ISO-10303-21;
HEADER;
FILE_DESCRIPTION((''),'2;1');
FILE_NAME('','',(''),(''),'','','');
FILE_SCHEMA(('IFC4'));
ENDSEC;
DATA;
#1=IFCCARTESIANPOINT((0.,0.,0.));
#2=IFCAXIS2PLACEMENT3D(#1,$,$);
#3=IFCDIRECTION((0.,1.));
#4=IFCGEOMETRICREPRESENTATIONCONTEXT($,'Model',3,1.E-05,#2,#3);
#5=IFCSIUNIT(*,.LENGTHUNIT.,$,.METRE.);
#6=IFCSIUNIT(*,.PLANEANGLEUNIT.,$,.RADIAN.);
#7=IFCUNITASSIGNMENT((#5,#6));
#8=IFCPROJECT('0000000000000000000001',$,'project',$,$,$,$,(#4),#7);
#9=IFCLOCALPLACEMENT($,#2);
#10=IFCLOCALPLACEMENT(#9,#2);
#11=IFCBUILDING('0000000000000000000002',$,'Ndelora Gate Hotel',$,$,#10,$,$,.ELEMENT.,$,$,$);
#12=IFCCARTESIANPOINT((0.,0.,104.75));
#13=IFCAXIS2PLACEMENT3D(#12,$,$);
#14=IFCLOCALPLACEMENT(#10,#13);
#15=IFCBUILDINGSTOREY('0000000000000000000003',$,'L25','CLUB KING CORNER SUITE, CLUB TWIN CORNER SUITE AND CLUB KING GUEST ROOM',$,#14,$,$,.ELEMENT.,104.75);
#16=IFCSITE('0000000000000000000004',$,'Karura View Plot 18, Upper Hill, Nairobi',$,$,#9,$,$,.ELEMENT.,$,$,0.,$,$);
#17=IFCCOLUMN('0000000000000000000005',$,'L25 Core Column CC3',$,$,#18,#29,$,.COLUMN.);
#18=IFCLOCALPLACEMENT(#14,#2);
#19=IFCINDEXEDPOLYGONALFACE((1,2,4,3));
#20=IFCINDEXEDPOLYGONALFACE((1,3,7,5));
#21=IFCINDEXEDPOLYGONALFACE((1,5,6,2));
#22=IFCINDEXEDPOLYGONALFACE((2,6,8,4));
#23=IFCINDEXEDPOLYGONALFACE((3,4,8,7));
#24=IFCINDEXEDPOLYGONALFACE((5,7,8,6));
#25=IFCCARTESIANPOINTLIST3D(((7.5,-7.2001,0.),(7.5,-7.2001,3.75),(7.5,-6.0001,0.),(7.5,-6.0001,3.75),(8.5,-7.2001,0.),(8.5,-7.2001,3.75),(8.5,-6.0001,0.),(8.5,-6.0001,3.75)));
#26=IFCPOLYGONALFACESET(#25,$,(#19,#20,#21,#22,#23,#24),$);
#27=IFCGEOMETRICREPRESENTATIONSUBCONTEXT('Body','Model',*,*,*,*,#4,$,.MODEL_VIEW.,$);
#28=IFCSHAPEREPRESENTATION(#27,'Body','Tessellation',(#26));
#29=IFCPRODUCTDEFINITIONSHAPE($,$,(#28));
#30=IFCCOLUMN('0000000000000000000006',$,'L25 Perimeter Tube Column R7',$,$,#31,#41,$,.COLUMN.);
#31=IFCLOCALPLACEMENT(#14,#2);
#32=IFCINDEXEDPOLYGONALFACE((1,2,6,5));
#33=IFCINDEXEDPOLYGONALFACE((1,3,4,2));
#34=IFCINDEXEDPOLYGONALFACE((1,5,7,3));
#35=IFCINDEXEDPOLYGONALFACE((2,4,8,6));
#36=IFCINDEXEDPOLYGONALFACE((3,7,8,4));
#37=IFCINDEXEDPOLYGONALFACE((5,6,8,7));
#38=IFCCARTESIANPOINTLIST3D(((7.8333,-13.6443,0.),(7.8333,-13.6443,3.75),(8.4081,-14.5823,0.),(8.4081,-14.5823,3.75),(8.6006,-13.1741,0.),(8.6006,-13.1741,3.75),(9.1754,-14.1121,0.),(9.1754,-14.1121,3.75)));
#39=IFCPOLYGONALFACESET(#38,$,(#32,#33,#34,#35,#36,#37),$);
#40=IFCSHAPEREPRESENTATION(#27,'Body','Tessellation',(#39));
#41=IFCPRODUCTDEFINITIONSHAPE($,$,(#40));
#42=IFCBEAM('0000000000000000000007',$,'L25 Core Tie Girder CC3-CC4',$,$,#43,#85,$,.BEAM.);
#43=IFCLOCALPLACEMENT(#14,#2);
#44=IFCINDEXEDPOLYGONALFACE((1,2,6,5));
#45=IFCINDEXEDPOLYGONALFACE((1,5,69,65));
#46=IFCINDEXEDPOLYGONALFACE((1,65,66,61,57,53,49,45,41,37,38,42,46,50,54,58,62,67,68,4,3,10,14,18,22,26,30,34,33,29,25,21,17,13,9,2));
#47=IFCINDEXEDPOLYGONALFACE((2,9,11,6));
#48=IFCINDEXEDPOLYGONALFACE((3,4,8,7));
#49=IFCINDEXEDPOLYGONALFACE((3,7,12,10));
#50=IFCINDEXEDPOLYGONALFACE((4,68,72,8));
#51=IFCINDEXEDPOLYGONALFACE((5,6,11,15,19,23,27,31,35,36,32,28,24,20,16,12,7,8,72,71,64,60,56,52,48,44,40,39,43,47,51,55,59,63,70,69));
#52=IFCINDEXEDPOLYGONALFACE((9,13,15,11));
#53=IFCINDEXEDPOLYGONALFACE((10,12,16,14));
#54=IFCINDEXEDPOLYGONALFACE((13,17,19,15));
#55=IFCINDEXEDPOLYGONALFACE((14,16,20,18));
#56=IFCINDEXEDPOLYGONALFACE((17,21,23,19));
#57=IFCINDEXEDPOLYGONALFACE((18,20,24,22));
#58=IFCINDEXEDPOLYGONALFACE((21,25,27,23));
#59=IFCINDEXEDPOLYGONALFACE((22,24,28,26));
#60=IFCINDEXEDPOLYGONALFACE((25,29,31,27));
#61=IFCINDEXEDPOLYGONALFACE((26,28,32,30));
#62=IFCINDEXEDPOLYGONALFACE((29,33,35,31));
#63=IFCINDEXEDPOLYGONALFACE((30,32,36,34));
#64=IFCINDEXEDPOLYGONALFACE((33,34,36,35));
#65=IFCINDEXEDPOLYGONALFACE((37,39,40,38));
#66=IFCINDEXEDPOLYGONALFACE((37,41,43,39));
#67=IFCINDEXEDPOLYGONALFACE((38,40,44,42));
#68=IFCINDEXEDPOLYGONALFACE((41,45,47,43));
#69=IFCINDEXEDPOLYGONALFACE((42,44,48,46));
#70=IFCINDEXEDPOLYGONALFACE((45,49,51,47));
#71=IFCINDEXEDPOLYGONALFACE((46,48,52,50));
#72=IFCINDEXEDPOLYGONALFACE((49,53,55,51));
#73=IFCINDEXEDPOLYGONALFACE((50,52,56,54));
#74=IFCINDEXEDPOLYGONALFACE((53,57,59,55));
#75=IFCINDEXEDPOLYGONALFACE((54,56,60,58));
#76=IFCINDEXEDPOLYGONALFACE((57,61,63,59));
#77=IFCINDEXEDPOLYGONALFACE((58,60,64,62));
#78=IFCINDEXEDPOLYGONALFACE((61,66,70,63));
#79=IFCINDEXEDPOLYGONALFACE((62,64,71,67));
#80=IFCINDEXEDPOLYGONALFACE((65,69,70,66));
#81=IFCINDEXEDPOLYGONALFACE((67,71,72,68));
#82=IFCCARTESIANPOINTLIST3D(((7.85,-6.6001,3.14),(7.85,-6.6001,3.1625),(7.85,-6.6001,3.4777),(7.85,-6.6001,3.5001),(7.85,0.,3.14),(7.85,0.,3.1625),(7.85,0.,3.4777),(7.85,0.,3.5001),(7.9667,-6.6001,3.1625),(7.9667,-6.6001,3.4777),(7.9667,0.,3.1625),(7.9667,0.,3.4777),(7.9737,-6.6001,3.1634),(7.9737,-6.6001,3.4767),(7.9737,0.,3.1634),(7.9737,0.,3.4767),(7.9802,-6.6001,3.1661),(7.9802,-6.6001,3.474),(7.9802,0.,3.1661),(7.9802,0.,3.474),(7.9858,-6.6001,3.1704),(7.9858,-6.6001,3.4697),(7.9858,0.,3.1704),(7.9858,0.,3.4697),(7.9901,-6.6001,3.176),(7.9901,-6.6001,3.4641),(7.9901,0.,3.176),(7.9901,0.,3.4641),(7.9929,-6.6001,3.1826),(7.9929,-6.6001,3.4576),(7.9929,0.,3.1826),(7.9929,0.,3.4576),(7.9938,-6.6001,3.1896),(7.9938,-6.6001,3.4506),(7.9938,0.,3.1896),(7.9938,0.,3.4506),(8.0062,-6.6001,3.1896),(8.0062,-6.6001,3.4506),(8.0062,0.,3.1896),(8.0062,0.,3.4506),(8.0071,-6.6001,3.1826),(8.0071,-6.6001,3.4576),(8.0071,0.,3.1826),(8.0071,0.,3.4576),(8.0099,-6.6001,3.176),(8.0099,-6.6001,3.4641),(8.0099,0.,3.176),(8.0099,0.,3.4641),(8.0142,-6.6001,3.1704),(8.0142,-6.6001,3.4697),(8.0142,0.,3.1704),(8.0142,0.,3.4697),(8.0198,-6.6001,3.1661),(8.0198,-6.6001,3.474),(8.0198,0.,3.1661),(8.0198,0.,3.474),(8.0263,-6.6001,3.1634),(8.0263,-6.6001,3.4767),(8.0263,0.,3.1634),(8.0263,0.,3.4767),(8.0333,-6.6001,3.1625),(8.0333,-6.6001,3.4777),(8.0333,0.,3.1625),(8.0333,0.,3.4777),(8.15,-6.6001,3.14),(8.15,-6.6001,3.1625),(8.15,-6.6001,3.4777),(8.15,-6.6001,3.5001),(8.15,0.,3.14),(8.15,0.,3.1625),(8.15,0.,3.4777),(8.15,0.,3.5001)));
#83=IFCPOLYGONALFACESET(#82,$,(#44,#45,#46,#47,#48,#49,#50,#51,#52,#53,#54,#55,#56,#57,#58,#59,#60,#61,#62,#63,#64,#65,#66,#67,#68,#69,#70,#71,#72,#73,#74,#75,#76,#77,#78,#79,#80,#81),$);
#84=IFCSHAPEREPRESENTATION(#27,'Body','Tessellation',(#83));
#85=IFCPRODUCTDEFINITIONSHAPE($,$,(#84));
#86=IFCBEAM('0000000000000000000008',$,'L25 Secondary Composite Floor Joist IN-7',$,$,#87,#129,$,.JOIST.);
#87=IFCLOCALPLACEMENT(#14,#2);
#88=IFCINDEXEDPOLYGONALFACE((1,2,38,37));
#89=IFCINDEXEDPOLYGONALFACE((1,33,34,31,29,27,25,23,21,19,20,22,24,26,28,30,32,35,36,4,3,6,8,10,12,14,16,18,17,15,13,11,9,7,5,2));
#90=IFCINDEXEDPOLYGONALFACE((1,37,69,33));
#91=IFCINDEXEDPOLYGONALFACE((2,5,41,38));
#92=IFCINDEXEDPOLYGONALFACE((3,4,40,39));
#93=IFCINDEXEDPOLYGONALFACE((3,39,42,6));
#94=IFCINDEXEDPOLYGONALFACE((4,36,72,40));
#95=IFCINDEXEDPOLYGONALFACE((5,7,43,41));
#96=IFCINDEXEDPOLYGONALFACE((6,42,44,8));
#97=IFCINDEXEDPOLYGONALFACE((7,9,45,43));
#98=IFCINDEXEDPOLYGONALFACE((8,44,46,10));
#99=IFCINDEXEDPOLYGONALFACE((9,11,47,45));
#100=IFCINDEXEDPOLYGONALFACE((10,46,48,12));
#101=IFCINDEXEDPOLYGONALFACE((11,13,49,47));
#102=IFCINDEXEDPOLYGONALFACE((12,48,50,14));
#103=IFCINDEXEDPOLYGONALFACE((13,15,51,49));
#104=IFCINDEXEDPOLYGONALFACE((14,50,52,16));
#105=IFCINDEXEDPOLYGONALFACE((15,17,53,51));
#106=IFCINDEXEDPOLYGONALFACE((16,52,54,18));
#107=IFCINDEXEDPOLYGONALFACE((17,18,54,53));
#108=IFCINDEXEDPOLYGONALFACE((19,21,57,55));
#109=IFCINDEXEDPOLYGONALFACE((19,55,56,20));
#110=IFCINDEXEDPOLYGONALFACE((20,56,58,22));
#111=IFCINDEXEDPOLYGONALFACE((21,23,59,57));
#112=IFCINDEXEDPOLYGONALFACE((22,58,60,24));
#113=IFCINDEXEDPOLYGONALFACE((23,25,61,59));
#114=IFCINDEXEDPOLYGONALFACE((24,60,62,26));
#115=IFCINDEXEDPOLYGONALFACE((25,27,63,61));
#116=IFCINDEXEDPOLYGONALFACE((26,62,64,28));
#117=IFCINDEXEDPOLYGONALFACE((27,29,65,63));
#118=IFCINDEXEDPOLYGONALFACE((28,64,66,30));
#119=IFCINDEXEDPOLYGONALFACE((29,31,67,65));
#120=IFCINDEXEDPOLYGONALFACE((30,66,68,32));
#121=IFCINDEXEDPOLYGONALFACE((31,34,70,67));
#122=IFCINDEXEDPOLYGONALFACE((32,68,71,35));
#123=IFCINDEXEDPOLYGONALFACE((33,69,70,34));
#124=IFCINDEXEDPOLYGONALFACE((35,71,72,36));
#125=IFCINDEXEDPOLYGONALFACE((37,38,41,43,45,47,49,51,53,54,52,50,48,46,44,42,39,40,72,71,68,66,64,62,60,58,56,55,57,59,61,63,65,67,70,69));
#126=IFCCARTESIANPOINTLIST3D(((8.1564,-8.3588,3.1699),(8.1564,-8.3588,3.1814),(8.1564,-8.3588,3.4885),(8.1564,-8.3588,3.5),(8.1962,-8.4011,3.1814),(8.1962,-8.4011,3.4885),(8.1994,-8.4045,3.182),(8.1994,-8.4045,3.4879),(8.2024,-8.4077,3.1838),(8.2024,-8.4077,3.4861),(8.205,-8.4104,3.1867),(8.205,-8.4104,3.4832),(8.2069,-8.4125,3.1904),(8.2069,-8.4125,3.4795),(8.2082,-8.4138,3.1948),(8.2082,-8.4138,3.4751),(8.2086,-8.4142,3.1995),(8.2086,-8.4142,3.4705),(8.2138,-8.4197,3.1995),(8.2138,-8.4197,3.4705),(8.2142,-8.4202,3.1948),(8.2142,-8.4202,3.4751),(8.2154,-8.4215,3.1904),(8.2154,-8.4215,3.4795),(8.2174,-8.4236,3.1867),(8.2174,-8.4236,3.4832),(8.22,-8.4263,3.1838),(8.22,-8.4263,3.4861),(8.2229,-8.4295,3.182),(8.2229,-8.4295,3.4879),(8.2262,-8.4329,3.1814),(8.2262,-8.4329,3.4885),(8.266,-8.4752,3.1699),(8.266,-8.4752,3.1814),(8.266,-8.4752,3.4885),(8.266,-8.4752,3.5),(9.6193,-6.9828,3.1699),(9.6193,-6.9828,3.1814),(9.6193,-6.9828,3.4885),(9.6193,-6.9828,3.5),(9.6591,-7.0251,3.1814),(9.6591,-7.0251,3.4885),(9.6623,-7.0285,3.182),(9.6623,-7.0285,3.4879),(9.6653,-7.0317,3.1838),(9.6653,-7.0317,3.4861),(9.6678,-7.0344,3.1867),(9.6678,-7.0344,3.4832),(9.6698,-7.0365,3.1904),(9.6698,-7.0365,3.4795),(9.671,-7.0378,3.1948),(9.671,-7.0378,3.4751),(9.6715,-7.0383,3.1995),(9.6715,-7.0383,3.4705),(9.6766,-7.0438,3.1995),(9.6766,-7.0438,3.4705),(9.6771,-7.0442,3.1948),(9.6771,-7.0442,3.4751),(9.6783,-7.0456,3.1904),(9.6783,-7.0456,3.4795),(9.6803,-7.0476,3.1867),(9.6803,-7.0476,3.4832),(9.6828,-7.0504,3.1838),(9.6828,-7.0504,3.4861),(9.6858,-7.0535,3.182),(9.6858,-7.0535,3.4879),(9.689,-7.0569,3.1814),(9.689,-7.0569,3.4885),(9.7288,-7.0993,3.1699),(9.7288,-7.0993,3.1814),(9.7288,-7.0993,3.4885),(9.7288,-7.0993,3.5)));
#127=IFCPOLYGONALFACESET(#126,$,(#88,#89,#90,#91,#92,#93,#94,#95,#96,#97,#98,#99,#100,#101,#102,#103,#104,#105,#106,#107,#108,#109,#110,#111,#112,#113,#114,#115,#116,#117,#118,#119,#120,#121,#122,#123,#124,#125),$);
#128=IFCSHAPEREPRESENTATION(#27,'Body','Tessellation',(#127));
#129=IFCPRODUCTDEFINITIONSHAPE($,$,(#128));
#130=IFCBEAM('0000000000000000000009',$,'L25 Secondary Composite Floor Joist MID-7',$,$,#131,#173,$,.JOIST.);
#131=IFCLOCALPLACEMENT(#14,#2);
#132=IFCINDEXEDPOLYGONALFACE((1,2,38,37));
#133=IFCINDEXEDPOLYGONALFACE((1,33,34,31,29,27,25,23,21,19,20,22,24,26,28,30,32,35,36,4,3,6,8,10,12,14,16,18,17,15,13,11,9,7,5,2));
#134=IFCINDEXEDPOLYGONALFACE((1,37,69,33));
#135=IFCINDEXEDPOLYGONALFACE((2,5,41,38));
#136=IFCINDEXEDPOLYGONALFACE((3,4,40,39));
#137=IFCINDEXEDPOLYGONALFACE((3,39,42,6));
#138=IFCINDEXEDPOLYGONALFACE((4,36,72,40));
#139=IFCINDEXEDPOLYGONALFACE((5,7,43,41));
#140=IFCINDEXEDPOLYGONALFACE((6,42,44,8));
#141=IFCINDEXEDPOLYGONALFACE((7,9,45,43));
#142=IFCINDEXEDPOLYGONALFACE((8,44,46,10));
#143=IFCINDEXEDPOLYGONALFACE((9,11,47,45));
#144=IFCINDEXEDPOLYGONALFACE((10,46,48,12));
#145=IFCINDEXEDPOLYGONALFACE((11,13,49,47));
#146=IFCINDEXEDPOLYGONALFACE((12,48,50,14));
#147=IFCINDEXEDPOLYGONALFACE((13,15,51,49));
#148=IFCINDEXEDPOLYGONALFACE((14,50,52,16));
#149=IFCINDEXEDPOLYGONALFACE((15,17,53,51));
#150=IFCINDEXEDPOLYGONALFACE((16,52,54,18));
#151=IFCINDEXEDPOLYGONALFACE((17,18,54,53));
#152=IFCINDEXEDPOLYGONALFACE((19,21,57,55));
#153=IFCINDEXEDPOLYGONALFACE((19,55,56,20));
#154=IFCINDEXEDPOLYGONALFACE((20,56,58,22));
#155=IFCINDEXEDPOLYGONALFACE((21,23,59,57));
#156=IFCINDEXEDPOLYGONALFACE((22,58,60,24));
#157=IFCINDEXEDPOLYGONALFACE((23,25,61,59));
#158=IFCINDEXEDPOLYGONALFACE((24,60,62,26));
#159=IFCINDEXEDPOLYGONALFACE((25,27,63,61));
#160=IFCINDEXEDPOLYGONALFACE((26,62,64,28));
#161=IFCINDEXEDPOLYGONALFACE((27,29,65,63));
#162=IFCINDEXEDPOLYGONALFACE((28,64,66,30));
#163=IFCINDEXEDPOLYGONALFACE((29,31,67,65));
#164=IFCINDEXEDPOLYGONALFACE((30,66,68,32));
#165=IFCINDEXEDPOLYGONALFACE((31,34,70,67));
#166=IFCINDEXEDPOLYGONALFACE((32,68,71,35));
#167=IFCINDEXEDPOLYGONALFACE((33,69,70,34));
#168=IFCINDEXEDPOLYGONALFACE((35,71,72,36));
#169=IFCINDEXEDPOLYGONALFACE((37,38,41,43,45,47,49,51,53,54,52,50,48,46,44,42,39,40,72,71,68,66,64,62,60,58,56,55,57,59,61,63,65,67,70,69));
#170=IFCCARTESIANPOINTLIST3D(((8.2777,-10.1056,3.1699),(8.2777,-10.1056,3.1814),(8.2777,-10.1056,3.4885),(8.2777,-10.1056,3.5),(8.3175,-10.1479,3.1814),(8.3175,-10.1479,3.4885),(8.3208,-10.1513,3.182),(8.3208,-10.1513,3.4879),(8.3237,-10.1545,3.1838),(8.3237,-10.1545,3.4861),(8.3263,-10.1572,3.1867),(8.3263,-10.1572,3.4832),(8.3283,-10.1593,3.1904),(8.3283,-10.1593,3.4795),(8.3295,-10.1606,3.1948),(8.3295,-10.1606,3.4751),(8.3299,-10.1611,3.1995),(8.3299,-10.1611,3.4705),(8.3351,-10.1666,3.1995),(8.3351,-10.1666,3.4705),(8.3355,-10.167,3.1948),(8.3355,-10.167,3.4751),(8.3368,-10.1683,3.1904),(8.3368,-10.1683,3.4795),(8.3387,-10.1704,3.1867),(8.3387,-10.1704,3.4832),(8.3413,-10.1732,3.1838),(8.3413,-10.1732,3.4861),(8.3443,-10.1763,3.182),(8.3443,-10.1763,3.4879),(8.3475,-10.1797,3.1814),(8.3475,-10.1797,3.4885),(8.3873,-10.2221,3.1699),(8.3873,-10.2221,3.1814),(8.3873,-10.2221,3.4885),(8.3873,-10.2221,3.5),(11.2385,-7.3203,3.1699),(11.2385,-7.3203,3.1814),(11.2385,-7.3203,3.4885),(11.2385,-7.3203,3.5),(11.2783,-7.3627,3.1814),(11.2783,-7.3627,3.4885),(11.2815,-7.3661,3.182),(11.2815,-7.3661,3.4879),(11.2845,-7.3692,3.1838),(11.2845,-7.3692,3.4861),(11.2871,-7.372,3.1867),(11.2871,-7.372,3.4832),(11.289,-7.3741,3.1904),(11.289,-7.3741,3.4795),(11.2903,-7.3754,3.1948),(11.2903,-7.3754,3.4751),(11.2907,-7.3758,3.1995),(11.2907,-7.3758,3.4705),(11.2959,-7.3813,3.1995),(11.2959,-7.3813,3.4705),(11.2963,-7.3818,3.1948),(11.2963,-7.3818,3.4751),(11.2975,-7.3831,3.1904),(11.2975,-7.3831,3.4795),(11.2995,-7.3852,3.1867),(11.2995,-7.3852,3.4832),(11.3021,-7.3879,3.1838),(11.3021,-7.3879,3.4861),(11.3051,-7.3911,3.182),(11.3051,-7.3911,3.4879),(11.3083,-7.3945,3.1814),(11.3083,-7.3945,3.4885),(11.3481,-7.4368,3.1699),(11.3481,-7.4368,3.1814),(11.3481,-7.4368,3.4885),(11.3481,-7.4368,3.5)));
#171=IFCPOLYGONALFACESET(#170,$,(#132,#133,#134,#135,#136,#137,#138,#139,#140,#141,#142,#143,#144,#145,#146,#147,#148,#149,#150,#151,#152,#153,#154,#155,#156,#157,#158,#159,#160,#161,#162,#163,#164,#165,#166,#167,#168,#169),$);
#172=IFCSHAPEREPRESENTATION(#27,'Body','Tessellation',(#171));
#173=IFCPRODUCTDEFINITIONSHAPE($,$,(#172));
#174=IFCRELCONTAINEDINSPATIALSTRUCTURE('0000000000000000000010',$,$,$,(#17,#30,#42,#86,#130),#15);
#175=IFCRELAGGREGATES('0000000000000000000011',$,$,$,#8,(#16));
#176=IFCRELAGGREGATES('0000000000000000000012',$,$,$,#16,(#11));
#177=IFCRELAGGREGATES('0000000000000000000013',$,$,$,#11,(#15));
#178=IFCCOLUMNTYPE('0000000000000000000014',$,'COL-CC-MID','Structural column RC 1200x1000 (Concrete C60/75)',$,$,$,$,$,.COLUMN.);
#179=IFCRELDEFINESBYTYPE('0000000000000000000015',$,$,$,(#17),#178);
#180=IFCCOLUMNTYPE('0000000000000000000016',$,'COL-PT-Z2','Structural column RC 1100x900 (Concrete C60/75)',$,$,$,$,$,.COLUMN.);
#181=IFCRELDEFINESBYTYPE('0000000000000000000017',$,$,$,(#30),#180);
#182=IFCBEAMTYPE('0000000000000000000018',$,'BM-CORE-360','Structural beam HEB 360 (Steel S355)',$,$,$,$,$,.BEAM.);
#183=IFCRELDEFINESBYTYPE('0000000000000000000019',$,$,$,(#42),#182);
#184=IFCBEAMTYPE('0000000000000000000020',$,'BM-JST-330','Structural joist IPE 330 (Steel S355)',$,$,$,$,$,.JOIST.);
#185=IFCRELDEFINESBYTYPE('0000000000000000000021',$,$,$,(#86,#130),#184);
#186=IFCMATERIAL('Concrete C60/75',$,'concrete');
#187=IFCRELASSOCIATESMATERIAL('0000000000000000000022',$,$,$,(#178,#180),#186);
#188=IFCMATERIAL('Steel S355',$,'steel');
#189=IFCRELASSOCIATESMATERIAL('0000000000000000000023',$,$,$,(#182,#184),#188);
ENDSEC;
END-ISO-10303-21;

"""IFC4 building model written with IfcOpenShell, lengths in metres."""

from ifc_helpers import new_model, si_unit, direction, frame, origin, origin_2d, place, context, subcontext, project, spatial, rectangle, i_section, extrude, material, material_profile, profile_set, type_object, element, save


model = new_model("IFC4")

# Units and contexts
model_context = context("Model", 3, precision=1e-05, world=origin(), true_north=direction((0.0, 1.0)))
body_context = subcontext(model_context, "Body", "Model", "MODEL_VIEW")
ifc_project = project(units=[si_unit("LENGTHUNIT", "METRE"), si_unit("PLANEANGLEUNIT", "RADIAN")], contexts=[model_context])

# Site, building, storey
site_placement = place(None, origin())
site = spatial("IfcSite", under=ifc_project, at=site_placement, Name="Karura View Plot 18, Upper Hill, Nairobi", CompositionType="ELEMENT", RefElevation=0.0)
building_placement = place(site_placement, origin())
building = spatial("IfcBuilding", under=site, at=building_placement, Name="Ndelora Gate Hotel", CompositionType="ELEMENT")
storey_placement = place(building_placement, frame((0.0, 0.0, 104.75)))
storey = spatial("IfcBuildingStorey", under=building, at=storey_placement, Name="L25", Description="CLUB KING CORNER SUITE, CLUB TWIN CORNER SUITE AND CLUB KING GUEST ROOM", CompositionType="ELEMENT", Elevation=104.75)

# Columns
ifc_material_1 = material(Name="Concrete C60/75", Category="concrete")
ifc_material_profile_1 = material_profile(ifc_material_1, rectangle(XDim=1.0, YDim=1.2, at=origin_2d()), Name="RC 1200x1000")
ifc_profile_set_1 = profile_set([ifc_material_profile_1], Name="Concrete C60/75")
column_type_1 = type_object("IfcColumnType", Name="COL-CC-MID", Description="Structural column RC 1200x1000 (Concrete C60/75)", PredefinedType="COLUMN", material=ifc_profile_set_1)
column_1_placement = place(storey_placement, frame((8.0, -6.6001, 0.0), z_axis=(0.0, 0.0, 1.0), x_axis=(1.0, 0.0, 0.0)))
element("IfcColumn", 1, at=column_1_placement, inside=storey, type_object=column_type_1, Name="L25 Core Column CC3", PredefinedType="COLUMN", context=body_context, shape_type="SweptSolid", body=[
    extrude(rectangle(XDim=1.0, YDim=1.2, at=origin_2d()), origin(), (0.0, 0.0, 1.0), 3.75),
])
ifc_material_profile_2 = material_profile(ifc_material_1, rectangle(XDim=0.8999, YDim=1.1001, at=origin_2d()), Name="RC 1100x900")
ifc_profile_set_2 = profile_set([ifc_material_profile_2], Name="Concrete C60/75")
column_type_2 = type_object("IfcColumnType", Name="COL-PT-Z2", Description="Structural column RC 1100x900 (Concrete C60/75)", PredefinedType="COLUMN", material=ifc_profile_set_2)
column_2_placement = place(storey_placement, frame((8.5044, -13.8782, 0.0), z_axis=(0.0, 0.0, 1.0), x_axis=(0.85264, 0.522499, 0.0)))
element("IfcColumn", 2, at=column_2_placement, inside=storey, type_object=column_type_2, Name="L25 Perimeter Tube Column R7", PredefinedType="COLUMN", context=body_context, shape_type="SweptSolid", body=[
    extrude(rectangle(XDim=0.8999, YDim=1.1001, at=origin_2d()), origin(), (0.0, 0.0, 1.0), 3.75),
])

# Beams
ifc_material_2 = material(Name="Steel S355", Category="steel")
ifc_material_profile_3 = material_profile(ifc_material_2, i_section(OverallWidth=0.3, OverallDepth=0.3601, WebThickness=0.0125, FlangeThickness=0.0225, FilletRadius=0.0271, at=origin_2d()), Name="HEB 360")
ifc_profile_set_3 = profile_set([ifc_material_profile_3], Name="Steel S355")
beam_type_1 = type_object("IfcBeamType", Name="BM-CORE-360", Description="Structural beam HEB 360 (Steel S355)", PredefinedType="BEAM", material=ifc_profile_set_3)
beam_1_placement = place(storey_placement, frame((8.0, -6.6001, 3.3201), z_axis=(0.0, 1.0, 0.0), x_axis=(-1.0, 0.0, 0.0)))
element("IfcBeam", 3, at=beam_1_placement, inside=storey, type_object=beam_type_1, Name="L25 Core Tie Girder CC3-CC4", PredefinedType="BEAM", context=body_context, shape_type="SweptSolid", body=[
    extrude(i_section(OverallWidth=0.3, OverallDepth=0.3601, WebThickness=0.0125, FlangeThickness=0.0225, FilletRadius=0.0271, at=origin_2d()), origin(), (0.0, 0.0, 1.0), 6.6001),
])
ifc_material_profile_4 = material_profile(ifc_material_2, i_section(OverallWidth=0.1599, OverallDepth=0.3301, WebThickness=0.0076, FlangeThickness=0.0115, FilletRadius=0.0181, at=origin_2d()), Name="IPE 330")
ifc_profile_set_4 = profile_set([ifc_material_profile_4], Name="Steel S355")
beam_type_2 = type_object("IfcBeamType", Name="BM-JST-330", Description="Structural joist IPE 330 (Steel S355)", PredefinedType="JOIST", material=ifc_profile_set_4)
beam_2_placement = place(storey_placement, frame((8.2112, -8.417, 3.335), z_axis=(0.728414, 0.685137, 0.0), x_axis=(-0.685137, 0.728414, 0.0)))
element("IfcBeam", 4, at=beam_2_placement, inside=storey, type_object=beam_type_2, Name="L25 Secondary Composite Floor Joist IN-7", PredefinedType="JOIST", context=body_context, shape_type="SweptSolid", body=[
    extrude(i_section(OverallWidth=0.1599, OverallDepth=0.3301, WebThickness=0.0076, FlangeThickness=0.0115, FilletRadius=0.0181, at=origin_2d()), origin(), (0.0, 0.0, 1.0), 2.0083),
])
beam_3_placement = place(storey_placement, frame((8.3325, -10.1638, 3.335), z_axis=(0.728369, 0.685185, 0.0), x_axis=(-0.685185, 0.728369, 0.0)))
element("IfcBeam", 5, at=beam_3_placement, inside=storey, type_object=beam_type_2, Name="L25 Secondary Composite Floor Joist MID-7", PredefinedType="JOIST", context=body_context, shape_type="SweptSolid", body=[
    extrude(i_section(OverallWidth=0.1599, OverallDepth=0.3301, WebThickness=0.0076, FlangeThickness=0.0115, FilletRadius=0.0181, at=origin_2d()), origin(), (0.0, 0.0, 1.0), 4.0649),
])

save(model, "model.ifc")
